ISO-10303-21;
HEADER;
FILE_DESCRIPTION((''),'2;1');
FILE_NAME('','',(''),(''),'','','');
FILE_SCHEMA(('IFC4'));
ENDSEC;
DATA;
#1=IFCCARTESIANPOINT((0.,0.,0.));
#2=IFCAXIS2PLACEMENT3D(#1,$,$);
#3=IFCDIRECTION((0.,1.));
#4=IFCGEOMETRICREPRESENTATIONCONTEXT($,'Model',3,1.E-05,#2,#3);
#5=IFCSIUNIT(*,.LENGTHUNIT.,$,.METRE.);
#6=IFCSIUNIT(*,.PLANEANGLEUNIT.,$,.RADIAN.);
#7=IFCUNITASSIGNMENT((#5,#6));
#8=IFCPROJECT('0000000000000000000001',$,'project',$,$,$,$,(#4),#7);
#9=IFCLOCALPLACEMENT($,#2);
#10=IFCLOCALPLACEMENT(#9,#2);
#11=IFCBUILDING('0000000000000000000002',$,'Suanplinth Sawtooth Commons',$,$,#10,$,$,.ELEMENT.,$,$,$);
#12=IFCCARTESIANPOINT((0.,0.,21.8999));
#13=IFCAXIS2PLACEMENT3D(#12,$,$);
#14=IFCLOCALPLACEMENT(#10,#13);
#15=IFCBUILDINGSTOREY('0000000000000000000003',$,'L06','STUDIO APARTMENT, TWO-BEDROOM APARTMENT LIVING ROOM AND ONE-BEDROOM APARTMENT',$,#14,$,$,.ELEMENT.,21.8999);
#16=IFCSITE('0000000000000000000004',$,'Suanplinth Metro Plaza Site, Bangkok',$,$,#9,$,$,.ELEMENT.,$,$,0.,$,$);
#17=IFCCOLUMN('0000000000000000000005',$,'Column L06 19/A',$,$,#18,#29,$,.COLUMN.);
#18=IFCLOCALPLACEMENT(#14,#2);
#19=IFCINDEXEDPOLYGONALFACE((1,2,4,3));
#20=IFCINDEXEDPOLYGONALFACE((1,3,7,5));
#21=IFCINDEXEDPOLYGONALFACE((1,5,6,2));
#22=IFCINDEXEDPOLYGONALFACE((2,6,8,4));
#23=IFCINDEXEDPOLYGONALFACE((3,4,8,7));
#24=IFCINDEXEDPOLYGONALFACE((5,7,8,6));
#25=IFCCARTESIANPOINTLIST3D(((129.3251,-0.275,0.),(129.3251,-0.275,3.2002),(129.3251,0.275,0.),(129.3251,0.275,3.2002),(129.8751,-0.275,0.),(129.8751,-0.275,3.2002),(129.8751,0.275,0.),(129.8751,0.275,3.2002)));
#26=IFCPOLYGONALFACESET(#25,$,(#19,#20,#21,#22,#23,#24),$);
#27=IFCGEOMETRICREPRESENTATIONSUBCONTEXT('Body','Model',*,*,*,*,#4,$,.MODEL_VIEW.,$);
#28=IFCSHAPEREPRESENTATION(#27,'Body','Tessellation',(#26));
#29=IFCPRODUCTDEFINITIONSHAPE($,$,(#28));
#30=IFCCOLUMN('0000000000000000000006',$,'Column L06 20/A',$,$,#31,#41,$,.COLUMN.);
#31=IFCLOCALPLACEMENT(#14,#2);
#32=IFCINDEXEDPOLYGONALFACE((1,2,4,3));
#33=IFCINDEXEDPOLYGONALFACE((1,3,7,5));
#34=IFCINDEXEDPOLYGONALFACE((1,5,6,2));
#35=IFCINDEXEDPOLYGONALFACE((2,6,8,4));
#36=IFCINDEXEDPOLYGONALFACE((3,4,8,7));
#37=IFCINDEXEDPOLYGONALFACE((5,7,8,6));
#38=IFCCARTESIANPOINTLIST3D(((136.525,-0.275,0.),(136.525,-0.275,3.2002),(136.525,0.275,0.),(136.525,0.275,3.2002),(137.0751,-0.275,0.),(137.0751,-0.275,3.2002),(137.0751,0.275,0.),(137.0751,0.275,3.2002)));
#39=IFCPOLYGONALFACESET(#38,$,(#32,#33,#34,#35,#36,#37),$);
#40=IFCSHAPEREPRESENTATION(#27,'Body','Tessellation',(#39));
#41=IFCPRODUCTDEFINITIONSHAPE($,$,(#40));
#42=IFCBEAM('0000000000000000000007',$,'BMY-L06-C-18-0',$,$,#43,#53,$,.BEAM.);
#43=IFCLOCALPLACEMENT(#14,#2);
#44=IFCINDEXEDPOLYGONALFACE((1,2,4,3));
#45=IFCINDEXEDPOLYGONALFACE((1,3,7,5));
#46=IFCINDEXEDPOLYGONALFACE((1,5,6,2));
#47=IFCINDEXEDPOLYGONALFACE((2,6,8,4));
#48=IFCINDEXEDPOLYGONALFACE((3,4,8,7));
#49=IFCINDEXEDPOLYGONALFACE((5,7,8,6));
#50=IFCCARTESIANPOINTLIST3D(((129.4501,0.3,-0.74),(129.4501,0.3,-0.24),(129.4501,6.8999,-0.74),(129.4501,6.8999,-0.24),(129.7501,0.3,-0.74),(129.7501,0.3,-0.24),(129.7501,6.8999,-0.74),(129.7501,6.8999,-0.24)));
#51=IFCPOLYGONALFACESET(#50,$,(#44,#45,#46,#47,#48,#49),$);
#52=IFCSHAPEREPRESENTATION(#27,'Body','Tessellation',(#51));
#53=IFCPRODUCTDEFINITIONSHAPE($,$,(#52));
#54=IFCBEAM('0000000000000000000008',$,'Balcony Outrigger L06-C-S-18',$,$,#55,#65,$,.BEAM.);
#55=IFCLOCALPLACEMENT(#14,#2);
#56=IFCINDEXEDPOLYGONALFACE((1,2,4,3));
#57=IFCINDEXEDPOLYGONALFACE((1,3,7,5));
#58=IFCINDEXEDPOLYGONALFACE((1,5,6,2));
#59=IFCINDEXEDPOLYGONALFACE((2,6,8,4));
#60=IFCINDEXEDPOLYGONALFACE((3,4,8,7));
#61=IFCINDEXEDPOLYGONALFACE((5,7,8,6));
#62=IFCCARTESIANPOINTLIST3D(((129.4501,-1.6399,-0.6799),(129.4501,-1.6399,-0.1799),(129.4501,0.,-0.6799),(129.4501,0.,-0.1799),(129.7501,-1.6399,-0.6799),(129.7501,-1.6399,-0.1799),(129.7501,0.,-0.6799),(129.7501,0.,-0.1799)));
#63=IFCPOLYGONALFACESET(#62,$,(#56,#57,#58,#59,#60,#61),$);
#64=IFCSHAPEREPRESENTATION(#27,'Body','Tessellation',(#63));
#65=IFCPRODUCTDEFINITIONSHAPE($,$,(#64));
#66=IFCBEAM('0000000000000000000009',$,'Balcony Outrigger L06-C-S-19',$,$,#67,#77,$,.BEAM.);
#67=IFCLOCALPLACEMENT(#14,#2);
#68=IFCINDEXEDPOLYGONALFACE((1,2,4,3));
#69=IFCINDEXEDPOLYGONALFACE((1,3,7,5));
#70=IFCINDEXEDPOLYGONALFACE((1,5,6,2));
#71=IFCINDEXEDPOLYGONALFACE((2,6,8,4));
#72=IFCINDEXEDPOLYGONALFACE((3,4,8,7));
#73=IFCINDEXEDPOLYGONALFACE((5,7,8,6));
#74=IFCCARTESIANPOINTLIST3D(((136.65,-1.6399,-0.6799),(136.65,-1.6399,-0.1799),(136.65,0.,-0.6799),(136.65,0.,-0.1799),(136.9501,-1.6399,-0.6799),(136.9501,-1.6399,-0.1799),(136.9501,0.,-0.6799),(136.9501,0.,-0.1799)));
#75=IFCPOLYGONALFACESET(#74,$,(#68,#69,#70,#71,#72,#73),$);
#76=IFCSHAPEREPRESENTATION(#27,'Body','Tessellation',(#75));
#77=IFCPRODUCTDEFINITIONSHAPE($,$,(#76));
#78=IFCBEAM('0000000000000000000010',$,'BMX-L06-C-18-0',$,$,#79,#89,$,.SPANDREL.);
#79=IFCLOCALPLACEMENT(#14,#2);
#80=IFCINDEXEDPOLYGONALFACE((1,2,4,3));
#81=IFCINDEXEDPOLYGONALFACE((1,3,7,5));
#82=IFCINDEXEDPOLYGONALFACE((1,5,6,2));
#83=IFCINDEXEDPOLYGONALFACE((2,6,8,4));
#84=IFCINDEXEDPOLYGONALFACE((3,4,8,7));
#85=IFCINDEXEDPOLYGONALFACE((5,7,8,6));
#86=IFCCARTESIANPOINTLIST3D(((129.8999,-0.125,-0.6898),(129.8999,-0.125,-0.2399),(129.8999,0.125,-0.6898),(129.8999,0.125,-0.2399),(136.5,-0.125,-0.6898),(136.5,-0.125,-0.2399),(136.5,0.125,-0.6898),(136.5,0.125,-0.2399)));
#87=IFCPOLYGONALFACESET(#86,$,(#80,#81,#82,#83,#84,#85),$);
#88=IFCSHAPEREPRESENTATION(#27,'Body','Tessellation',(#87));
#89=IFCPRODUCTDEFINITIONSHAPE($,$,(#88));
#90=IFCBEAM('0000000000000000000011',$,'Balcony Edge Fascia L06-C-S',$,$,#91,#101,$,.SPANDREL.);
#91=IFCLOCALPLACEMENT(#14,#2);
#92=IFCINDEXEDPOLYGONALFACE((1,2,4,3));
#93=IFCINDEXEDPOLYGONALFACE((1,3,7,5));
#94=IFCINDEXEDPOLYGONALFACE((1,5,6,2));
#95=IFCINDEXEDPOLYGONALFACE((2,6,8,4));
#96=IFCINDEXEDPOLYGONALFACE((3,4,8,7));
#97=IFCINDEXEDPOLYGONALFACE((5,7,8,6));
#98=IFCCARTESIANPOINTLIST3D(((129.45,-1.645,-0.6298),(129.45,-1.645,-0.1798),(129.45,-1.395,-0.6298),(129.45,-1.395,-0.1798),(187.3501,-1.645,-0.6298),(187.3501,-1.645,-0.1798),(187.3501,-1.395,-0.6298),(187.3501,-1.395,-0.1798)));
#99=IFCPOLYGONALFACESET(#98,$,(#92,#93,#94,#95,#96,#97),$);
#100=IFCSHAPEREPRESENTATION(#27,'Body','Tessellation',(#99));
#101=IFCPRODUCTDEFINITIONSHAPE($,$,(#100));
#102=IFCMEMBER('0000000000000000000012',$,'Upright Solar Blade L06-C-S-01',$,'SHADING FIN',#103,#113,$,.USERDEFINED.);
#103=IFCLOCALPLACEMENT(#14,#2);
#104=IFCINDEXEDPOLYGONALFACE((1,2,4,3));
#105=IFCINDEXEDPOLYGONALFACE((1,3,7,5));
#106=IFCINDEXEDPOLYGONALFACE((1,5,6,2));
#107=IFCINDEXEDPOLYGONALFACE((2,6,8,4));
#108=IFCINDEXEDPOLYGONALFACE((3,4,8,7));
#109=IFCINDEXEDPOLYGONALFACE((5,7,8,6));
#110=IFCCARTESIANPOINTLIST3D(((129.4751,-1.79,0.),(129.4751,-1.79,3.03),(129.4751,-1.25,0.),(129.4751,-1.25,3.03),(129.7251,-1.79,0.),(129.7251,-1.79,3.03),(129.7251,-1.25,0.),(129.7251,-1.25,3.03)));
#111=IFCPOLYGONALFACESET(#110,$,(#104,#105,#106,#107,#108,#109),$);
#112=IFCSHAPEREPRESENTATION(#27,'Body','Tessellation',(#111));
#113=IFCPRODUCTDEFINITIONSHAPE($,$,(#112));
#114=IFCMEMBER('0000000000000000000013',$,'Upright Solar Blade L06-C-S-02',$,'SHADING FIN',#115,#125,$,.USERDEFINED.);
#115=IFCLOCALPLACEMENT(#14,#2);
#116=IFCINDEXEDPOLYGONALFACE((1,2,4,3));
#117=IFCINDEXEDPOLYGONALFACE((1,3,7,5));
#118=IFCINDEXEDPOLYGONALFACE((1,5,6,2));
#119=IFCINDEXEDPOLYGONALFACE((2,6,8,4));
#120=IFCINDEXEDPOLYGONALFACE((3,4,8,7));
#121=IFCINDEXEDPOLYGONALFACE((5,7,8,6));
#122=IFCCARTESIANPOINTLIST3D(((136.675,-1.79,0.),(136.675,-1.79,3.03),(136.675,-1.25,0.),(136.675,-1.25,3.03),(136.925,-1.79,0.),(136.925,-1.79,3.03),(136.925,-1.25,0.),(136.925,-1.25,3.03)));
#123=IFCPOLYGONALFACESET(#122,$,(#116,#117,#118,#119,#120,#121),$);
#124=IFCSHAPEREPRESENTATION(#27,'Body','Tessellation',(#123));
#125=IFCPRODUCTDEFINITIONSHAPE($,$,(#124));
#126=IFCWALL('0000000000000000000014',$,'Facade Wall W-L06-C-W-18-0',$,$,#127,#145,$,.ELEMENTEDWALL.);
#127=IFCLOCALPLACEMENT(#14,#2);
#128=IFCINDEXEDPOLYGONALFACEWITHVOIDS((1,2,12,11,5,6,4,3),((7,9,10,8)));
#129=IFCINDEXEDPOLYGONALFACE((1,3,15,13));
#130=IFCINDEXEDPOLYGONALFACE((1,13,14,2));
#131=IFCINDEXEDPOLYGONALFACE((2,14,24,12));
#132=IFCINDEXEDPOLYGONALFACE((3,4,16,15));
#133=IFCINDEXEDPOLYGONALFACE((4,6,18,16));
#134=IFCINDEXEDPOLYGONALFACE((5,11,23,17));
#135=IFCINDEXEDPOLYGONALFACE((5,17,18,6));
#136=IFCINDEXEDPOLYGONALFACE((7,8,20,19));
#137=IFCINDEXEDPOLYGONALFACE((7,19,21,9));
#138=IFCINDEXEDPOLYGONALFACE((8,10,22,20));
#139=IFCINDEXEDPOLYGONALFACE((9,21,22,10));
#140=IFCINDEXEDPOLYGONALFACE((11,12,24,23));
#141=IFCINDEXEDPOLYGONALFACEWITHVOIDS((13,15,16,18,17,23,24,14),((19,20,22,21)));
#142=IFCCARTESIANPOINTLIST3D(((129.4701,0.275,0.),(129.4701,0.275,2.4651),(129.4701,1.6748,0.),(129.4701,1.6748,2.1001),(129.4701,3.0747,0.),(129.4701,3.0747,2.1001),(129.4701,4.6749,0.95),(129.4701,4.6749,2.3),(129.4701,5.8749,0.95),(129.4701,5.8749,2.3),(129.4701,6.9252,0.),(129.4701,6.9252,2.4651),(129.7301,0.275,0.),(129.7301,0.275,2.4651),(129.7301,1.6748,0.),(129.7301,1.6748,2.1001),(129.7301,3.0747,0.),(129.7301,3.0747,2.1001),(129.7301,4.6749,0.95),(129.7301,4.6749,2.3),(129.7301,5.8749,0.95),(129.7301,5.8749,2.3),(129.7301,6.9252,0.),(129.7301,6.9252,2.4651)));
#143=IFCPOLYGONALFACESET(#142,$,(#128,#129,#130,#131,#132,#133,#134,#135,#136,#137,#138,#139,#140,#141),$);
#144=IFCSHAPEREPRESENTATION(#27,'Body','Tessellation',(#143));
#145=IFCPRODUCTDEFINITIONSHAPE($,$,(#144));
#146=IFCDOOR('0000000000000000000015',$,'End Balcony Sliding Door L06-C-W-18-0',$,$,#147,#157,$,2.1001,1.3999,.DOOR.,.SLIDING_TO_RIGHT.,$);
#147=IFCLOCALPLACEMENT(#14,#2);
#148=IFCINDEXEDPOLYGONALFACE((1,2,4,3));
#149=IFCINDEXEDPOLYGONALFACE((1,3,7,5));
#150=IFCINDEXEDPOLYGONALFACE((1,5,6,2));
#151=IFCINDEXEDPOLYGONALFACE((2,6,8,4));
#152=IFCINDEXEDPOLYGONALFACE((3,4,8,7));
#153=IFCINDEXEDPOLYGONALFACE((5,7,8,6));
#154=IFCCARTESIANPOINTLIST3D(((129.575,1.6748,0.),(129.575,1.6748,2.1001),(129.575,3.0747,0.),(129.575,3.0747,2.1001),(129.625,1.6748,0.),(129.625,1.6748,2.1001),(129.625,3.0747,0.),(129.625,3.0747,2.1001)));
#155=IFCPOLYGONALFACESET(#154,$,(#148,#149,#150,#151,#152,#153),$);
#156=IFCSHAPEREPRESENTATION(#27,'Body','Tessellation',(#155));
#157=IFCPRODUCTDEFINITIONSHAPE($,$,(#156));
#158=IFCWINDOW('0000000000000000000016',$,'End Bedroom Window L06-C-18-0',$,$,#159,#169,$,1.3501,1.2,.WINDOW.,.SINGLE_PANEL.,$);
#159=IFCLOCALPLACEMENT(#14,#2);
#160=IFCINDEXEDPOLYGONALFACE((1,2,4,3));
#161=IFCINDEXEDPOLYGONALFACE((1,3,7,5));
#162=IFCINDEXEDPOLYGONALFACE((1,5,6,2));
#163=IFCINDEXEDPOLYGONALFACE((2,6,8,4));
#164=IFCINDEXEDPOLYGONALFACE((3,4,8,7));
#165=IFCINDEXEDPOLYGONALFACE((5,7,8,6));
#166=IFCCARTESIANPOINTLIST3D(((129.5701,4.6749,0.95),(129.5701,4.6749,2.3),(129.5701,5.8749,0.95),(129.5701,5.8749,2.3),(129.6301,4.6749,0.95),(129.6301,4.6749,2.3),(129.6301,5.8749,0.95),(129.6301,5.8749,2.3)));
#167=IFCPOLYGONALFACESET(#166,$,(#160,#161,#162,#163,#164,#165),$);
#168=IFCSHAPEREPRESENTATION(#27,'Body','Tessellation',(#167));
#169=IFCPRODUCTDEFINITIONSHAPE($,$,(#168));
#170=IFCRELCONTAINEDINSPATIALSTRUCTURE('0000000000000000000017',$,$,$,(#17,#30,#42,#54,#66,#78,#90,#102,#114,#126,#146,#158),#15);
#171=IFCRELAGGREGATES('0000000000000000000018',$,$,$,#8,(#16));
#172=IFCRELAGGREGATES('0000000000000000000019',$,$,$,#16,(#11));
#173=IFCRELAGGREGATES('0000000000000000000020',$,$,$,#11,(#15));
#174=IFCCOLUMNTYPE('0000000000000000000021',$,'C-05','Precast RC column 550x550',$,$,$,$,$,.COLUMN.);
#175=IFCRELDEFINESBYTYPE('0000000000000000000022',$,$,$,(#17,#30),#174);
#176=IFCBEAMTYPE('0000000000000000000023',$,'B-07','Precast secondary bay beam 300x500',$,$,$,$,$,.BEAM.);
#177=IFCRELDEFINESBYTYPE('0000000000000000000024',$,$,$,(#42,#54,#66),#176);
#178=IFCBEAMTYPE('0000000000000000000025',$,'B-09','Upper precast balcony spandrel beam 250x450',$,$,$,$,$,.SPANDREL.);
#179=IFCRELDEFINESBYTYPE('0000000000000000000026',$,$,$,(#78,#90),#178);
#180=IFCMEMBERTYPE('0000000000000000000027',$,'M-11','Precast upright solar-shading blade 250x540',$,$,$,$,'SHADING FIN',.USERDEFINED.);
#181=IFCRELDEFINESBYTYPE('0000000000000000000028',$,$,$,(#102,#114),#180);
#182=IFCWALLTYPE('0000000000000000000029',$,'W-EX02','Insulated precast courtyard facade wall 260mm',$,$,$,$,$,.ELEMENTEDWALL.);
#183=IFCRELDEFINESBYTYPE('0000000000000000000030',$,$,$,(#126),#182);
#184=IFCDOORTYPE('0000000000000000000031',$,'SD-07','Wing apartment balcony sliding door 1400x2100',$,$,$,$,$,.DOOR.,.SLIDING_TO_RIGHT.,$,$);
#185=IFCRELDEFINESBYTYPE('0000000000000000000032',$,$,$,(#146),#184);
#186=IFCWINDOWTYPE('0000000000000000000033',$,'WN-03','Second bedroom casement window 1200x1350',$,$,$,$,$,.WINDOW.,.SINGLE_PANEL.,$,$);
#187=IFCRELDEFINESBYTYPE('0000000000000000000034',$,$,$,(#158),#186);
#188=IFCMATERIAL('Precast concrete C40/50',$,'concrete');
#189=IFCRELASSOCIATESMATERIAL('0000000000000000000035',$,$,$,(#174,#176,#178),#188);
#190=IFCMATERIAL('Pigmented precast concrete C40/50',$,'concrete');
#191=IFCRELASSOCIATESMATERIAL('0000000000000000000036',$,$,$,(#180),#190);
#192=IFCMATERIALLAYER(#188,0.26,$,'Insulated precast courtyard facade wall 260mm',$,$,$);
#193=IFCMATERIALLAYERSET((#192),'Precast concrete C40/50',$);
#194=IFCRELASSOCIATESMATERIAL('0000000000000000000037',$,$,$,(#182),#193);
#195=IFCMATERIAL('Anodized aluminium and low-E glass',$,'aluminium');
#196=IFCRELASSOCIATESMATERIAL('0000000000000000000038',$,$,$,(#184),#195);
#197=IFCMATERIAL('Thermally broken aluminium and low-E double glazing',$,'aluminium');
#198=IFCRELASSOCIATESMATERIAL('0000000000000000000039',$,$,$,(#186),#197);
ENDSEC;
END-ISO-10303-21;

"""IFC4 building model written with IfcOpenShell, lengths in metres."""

from ifc_helpers import new_model, si_unit, direction, frame, frame_2d, origin, origin_2d, place, context, subcontext, project, spatial, rectangle, extrude, material, layer, layer_set, material_profile, profile_set, type_object, element, fill, save


model = new_model("IFC4")

# Units and contexts
model_context = context("Model", 3, precision=1e-05, world=origin(), true_north=direction((0.0, 1.0)))
body_context = subcontext(model_context, "Body", "Model", "MODEL_VIEW")
ifc_project = project(units=[si_unit("LENGTHUNIT", "METRE"), si_unit("PLANEANGLEUNIT", "RADIAN")], contexts=[model_context])

# Site, building, storey
site_placement = place(None, origin())
site = spatial("IfcSite", under=ifc_project, at=site_placement, Name="Suanplinth Metro Plaza Site, Bangkok", CompositionType="ELEMENT", RefElevation=0.0)
building_placement = place(site_placement, origin())
building = spatial("IfcBuilding", under=site, at=building_placement, Name="Suanplinth Sawtooth Commons", CompositionType="ELEMENT")
storey_placement = place(building_placement, frame((0.0, 0.0, 21.8999)))
storey = spatial("IfcBuildingStorey", under=building, at=storey_placement, Name="L06", Description="STUDIO APARTMENT, TWO-BEDROOM APARTMENT LIVING ROOM AND ONE-BEDROOM APARTMENT", CompositionType="ELEMENT", Elevation=21.8999)

# Columns
ifc_material_1 = material(Name="Precast concrete C40/50", Category="concrete")
ifc_material_profile_1 = material_profile(ifc_material_1, rectangle(XDim=0.55, YDim=0.55, at=origin_2d()), Name="PC-COL 550x550")
ifc_profile_set_1 = profile_set([ifc_material_profile_1], Name="Precast concrete C40/50")
column_type = type_object("IfcColumnType", Name="C-05", Description="Precast RC column 550x550", PredefinedType="COLUMN", material=ifc_profile_set_1)
for number, where, z_axis, x_axis, name in (
    (1, (129.6001, 0.0, 0.0), (0.0, 0.0, 1.0), (1.0, 0.0, 0.0), "Column L06 19/A"),
    (2, (136.8, 0.0, 0.0), (0.0, 0.0, 1.0), (1.0, 0.0, 0.0), "Column L06 20/A"),
):
    element("IfcColumn", number, at=place(storey_placement, frame(where, z_axis=z_axis, x_axis=x_axis)), inside=storey, type_object=column_type, Name=name, PredefinedType="COLUMN", context=body_context, shape_type="SweptSolid", body=[
        extrude(rectangle(XDim=0.55, YDim=0.55, at=origin_2d()), origin(), (0.0, 0.0, 1.0), 3.2002),
    ])

# Beams
ifc_material_profile_2 = material_profile(ifc_material_1, rectangle(XDim=0.3, YDim=0.5, at=origin_2d()), Name="PC-BM 300x500")
ifc_profile_set_2 = profile_set([ifc_material_profile_2], Name="Precast concrete C40/50")
beam_type_1 = type_object("IfcBeamType", Name="B-07", Description="Precast secondary bay beam 300x500", PredefinedType="BEAM", material=ifc_profile_set_2)
beam_1_placement = place(storey_placement, frame((129.6001, 0.3, -0.49), z_axis=(0.0, 1.0, 0.0), x_axis=(-1.0, 0.0, 0.0)))
element("IfcBeam", 3, at=beam_1_placement, inside=storey, type_object=beam_type_1, Name="BMY-L06-C-18-0", PredefinedType="BEAM", context=body_context, shape_type="SweptSolid", body=[
    extrude(rectangle(XDim=0.3, YDim=0.5, at=origin_2d()), origin(), (0.0, 0.0, 1.0), 6.5999),
])
for number, where, z_axis, x_axis, name in (
    (4, (129.6001, 0.0, -0.4299), (0.0, -1.0, 0.0), (1.0, 0.0, 0.0), "Balcony Outrigger L06-C-S-18"),
    (5, (136.8, 0.0, -0.4299), (0.0, -1.0, 0.0), (1.0, 0.0, 0.0), "Balcony Outrigger L06-C-S-19"),
):
    element("IfcBeam", number, at=place(storey_placement, frame(where, z_axis=z_axis, x_axis=x_axis)), inside=storey, type_object=beam_type_1, Name=name, PredefinedType="BEAM", context=body_context, shape_type="SweptSolid", body=[
        extrude(rectangle(XDim=0.3, YDim=0.5, at=origin_2d()), origin(), (0.0, 0.0, 1.0), 1.6399),
    ])
ifc_material_profile_3 = material_profile(ifc_material_1, rectangle(XDim=0.25, YDim=0.45, at=origin_2d()), Name="PC-SP 250x450")
ifc_profile_set_3 = profile_set([ifc_material_profile_3], Name="Precast concrete C40/50")
beam_type_2 = type_object("IfcBeamType", Name="B-09", Description="Upper precast balcony spandrel beam 250x450", PredefinedType="SPANDREL", material=ifc_profile_set_3)
beam_2_placement = place(storey_placement, frame((129.8999, 0.0, -0.4648), z_axis=(1.0, 0.0, 0.0), x_axis=(0.0, 1.0, 0.0)))
element("IfcBeam", 6, at=beam_2_placement, inside=storey, type_object=beam_type_2, Name="BMX-L06-C-18-0", PredefinedType="SPANDREL", context=body_context, shape_type="SweptSolid", body=[
    extrude(rectangle(XDim=0.25, YDim=0.45, at=origin_2d()), origin(), (0.0, 0.0, 1.0), 6.6001),
])
beam_3_placement = place(storey_placement, frame((129.45, -1.52, -0.4048), z_axis=(1.0, 0.0, 0.0), x_axis=(0.0, 1.0, 0.0)))
element("IfcBeam", 7, at=beam_3_placement, inside=storey, type_object=beam_type_2, Name="Balcony Edge Fascia L06-C-S", PredefinedType="SPANDREL", context=body_context, shape_type="SweptSolid", body=[
    extrude(rectangle(XDim=0.25, YDim=0.45, at=origin_2d()), origin(), (0.0, 0.0, 1.0), 57.9001),
])

# Members
ifc_material_2 = material(Name="Pigmented precast concrete C40/50", Category="concrete")
ifc_material_profile_4 = material_profile(ifc_material_2, rectangle(XDim=0.25, YDim=0.54, at=origin_2d()), Name="PC-FIN 250x540")
ifc_profile_set_4 = profile_set([ifc_material_profile_4], Name="Pigmented precast concrete C40/50")
member_type = type_object("IfcMemberType", Name="M-11", Description="Precast upright solar-shading blade 250x540", ElementType="SHADING FIN", PredefinedType="USERDEFINED", material=ifc_profile_set_4)
for number, where, z_axis, x_axis, name in (
    (8, (129.6001, -1.52, 0.0), (0.0, 0.0, 1.0), (1.0, 0.0, 0.0), "Upright Solar Blade L06-C-S-01"),
    (9, (136.8, -1.52, 0.0), (0.0, 0.0, 1.0), (1.0, 0.0, 0.0), "Upright Solar Blade L06-C-S-02"),
):
    element("IfcMember", number, at=place(storey_placement, frame(where, z_axis=z_axis, x_axis=x_axis)), inside=storey, type_object=member_type, Name=name, ObjectType="SHADING FIN", PredefinedType="USERDEFINED", context=body_context, shape_type="SweptSolid", body=[
        extrude(rectangle(XDim=0.25, YDim=0.54, at=origin_2d()), origin(), (0.0, 0.0, 1.0), 3.03),
    ])

# Wall, openings, door, window
ifc_layer = layer(ifc_material_1, 0.26, Name="Insulated precast courtyard facade wall 260mm")
ifc_layer_set = layer_set([ifc_layer], Name="Precast concrete C40/50")
wall_type = type_object("IfcWallType", Name="W-EX02", Description="Insulated precast courtyard facade wall 260mm", PredefinedType="ELEMENTEDWALL", material=ifc_layer_set)
ifc_material_3 = material(Name="Anodized aluminium and low-E glass", Category="aluminium")
ifc_material_4 = material(Name="Thermally broken aluminium and low-E double glazing", Category="aluminium")
wall_1_placement = place(storey_placement, frame((129.6001, 0.2749, 0.0), z_axis=(0.0, 0.0, 1.0), x_axis=(0.0, 1.0, 0.0)))
wall_1 = element("IfcWall", 10, at=wall_1_placement, inside=storey, type_object=wall_type, Name="Facade Wall W-L06-C-W-18-0", PredefinedType="ELEMENTEDWALL", context=body_context, shape_type="SweptSolid", body=[
    extrude(rectangle(XDim=6.6501, YDim=0.26, at=frame_2d((3.3252, 0.0))), origin(), (0.0, 0.0, 1.0), 2.4651),
])
opening_1_placement = place(wall_1_placement, frame((1.3999, 0.0, 0.0)))
opening_1 = element("IfcOpeningElement", 11, at=opening_1_placement, cuts=wall_1, PredefinedType="OPENING", context=body_context, shape_type="SweptSolid", body=[
    extrude(rectangle(XDim=1.3999, YDim=2.1001, at=frame_2d((0.7, 1.05))), frame((0.0, 0.145, 0.0), z_axis=(0.0, -1.0, 0.0), x_axis=(1.0, 0.0, 0.0)), (0.0, 0.0, 1.0), 0.2898),
])
opening_2_placement = place(wall_1_placement, frame((4.3999, 0.0, 0.95)))
opening_2 = element("IfcOpeningElement", 12, at=opening_2_placement, cuts=wall_1, PredefinedType="OPENING", context=body_context, shape_type="SweptSolid", body=[
    extrude(rectangle(XDim=1.2, YDim=1.3501, at=frame_2d((0.6001, 0.675))), frame((0.0, 0.145, 0.0), z_axis=(0.0, -1.0, 0.0), x_axis=(1.0, 0.0, 0.0)), (0.0, 0.0, 1.0), 0.2898),
])
door_type_1 = type_object("IfcDoorType", Name="SD-07", Description="Wing apartment balcony sliding door 1400x2100", OperationType="SLIDING_TO_RIGHT", PredefinedType="DOOR", material=ifc_material_3)
door_1_placement = place(opening_1_placement, frame((1.3999, 0.0, 0.0), z_axis=(0.0, 0.0, 1.0), x_axis=(-1.0, 0.0, 0.0)))
door_1 = element("IfcDoor", 13, at=door_1_placement, inside=storey, type_object=door_type_1, Name="End Balcony Sliding Door L06-C-W-18-0", OperationType="SLIDING_TO_RIGHT", OverallHeight=2.1001, OverallWidth=1.3999, PredefinedType="DOOR", context=body_context, shape_type="SweptSolid", body=[
    extrude(rectangle(XDim=1.3999, YDim=2.1001, at=frame_2d((0.7, 1.05))), frame((0.0, 0.0249, 0.0), z_axis=(0.0, -1.0, 0.0), x_axis=(1.0, 0.0, 0.0)), (0.0, 0.0, 1.0), 0.05),
])
fill(opening_1, door_1)
window_type_1 = type_object("IfcWindowType", Name="WN-03", Description="Second bedroom casement window 1200x1350", PartitioningType="SINGLE_PANEL", PredefinedType="WINDOW", material=ifc_material_4)
window_1_placement = place(opening_2_placement, origin())
window_1 = element("IfcWindow", 14, at=window_1_placement, inside=storey, type_object=window_type_1, Name="End Bedroom Window L06-C-18-0", OverallHeight=1.3501, OverallWidth=1.2, PartitioningType="SINGLE_PANEL", PredefinedType="WINDOW", context=body_context, shape_type="SweptSolid", body=[
    extrude(rectangle(XDim=1.2, YDim=1.3501, at=frame_2d((0.6001, 0.675))), frame((0.0, 0.03, 0.0), z_axis=(0.0, -1.0, 0.0), x_axis=(1.0, 0.0, 0.0)), (0.0, 0.0, 1.0), 0.0601),
])
fill(opening_2, window_1)

save(model, "model.ifc")
